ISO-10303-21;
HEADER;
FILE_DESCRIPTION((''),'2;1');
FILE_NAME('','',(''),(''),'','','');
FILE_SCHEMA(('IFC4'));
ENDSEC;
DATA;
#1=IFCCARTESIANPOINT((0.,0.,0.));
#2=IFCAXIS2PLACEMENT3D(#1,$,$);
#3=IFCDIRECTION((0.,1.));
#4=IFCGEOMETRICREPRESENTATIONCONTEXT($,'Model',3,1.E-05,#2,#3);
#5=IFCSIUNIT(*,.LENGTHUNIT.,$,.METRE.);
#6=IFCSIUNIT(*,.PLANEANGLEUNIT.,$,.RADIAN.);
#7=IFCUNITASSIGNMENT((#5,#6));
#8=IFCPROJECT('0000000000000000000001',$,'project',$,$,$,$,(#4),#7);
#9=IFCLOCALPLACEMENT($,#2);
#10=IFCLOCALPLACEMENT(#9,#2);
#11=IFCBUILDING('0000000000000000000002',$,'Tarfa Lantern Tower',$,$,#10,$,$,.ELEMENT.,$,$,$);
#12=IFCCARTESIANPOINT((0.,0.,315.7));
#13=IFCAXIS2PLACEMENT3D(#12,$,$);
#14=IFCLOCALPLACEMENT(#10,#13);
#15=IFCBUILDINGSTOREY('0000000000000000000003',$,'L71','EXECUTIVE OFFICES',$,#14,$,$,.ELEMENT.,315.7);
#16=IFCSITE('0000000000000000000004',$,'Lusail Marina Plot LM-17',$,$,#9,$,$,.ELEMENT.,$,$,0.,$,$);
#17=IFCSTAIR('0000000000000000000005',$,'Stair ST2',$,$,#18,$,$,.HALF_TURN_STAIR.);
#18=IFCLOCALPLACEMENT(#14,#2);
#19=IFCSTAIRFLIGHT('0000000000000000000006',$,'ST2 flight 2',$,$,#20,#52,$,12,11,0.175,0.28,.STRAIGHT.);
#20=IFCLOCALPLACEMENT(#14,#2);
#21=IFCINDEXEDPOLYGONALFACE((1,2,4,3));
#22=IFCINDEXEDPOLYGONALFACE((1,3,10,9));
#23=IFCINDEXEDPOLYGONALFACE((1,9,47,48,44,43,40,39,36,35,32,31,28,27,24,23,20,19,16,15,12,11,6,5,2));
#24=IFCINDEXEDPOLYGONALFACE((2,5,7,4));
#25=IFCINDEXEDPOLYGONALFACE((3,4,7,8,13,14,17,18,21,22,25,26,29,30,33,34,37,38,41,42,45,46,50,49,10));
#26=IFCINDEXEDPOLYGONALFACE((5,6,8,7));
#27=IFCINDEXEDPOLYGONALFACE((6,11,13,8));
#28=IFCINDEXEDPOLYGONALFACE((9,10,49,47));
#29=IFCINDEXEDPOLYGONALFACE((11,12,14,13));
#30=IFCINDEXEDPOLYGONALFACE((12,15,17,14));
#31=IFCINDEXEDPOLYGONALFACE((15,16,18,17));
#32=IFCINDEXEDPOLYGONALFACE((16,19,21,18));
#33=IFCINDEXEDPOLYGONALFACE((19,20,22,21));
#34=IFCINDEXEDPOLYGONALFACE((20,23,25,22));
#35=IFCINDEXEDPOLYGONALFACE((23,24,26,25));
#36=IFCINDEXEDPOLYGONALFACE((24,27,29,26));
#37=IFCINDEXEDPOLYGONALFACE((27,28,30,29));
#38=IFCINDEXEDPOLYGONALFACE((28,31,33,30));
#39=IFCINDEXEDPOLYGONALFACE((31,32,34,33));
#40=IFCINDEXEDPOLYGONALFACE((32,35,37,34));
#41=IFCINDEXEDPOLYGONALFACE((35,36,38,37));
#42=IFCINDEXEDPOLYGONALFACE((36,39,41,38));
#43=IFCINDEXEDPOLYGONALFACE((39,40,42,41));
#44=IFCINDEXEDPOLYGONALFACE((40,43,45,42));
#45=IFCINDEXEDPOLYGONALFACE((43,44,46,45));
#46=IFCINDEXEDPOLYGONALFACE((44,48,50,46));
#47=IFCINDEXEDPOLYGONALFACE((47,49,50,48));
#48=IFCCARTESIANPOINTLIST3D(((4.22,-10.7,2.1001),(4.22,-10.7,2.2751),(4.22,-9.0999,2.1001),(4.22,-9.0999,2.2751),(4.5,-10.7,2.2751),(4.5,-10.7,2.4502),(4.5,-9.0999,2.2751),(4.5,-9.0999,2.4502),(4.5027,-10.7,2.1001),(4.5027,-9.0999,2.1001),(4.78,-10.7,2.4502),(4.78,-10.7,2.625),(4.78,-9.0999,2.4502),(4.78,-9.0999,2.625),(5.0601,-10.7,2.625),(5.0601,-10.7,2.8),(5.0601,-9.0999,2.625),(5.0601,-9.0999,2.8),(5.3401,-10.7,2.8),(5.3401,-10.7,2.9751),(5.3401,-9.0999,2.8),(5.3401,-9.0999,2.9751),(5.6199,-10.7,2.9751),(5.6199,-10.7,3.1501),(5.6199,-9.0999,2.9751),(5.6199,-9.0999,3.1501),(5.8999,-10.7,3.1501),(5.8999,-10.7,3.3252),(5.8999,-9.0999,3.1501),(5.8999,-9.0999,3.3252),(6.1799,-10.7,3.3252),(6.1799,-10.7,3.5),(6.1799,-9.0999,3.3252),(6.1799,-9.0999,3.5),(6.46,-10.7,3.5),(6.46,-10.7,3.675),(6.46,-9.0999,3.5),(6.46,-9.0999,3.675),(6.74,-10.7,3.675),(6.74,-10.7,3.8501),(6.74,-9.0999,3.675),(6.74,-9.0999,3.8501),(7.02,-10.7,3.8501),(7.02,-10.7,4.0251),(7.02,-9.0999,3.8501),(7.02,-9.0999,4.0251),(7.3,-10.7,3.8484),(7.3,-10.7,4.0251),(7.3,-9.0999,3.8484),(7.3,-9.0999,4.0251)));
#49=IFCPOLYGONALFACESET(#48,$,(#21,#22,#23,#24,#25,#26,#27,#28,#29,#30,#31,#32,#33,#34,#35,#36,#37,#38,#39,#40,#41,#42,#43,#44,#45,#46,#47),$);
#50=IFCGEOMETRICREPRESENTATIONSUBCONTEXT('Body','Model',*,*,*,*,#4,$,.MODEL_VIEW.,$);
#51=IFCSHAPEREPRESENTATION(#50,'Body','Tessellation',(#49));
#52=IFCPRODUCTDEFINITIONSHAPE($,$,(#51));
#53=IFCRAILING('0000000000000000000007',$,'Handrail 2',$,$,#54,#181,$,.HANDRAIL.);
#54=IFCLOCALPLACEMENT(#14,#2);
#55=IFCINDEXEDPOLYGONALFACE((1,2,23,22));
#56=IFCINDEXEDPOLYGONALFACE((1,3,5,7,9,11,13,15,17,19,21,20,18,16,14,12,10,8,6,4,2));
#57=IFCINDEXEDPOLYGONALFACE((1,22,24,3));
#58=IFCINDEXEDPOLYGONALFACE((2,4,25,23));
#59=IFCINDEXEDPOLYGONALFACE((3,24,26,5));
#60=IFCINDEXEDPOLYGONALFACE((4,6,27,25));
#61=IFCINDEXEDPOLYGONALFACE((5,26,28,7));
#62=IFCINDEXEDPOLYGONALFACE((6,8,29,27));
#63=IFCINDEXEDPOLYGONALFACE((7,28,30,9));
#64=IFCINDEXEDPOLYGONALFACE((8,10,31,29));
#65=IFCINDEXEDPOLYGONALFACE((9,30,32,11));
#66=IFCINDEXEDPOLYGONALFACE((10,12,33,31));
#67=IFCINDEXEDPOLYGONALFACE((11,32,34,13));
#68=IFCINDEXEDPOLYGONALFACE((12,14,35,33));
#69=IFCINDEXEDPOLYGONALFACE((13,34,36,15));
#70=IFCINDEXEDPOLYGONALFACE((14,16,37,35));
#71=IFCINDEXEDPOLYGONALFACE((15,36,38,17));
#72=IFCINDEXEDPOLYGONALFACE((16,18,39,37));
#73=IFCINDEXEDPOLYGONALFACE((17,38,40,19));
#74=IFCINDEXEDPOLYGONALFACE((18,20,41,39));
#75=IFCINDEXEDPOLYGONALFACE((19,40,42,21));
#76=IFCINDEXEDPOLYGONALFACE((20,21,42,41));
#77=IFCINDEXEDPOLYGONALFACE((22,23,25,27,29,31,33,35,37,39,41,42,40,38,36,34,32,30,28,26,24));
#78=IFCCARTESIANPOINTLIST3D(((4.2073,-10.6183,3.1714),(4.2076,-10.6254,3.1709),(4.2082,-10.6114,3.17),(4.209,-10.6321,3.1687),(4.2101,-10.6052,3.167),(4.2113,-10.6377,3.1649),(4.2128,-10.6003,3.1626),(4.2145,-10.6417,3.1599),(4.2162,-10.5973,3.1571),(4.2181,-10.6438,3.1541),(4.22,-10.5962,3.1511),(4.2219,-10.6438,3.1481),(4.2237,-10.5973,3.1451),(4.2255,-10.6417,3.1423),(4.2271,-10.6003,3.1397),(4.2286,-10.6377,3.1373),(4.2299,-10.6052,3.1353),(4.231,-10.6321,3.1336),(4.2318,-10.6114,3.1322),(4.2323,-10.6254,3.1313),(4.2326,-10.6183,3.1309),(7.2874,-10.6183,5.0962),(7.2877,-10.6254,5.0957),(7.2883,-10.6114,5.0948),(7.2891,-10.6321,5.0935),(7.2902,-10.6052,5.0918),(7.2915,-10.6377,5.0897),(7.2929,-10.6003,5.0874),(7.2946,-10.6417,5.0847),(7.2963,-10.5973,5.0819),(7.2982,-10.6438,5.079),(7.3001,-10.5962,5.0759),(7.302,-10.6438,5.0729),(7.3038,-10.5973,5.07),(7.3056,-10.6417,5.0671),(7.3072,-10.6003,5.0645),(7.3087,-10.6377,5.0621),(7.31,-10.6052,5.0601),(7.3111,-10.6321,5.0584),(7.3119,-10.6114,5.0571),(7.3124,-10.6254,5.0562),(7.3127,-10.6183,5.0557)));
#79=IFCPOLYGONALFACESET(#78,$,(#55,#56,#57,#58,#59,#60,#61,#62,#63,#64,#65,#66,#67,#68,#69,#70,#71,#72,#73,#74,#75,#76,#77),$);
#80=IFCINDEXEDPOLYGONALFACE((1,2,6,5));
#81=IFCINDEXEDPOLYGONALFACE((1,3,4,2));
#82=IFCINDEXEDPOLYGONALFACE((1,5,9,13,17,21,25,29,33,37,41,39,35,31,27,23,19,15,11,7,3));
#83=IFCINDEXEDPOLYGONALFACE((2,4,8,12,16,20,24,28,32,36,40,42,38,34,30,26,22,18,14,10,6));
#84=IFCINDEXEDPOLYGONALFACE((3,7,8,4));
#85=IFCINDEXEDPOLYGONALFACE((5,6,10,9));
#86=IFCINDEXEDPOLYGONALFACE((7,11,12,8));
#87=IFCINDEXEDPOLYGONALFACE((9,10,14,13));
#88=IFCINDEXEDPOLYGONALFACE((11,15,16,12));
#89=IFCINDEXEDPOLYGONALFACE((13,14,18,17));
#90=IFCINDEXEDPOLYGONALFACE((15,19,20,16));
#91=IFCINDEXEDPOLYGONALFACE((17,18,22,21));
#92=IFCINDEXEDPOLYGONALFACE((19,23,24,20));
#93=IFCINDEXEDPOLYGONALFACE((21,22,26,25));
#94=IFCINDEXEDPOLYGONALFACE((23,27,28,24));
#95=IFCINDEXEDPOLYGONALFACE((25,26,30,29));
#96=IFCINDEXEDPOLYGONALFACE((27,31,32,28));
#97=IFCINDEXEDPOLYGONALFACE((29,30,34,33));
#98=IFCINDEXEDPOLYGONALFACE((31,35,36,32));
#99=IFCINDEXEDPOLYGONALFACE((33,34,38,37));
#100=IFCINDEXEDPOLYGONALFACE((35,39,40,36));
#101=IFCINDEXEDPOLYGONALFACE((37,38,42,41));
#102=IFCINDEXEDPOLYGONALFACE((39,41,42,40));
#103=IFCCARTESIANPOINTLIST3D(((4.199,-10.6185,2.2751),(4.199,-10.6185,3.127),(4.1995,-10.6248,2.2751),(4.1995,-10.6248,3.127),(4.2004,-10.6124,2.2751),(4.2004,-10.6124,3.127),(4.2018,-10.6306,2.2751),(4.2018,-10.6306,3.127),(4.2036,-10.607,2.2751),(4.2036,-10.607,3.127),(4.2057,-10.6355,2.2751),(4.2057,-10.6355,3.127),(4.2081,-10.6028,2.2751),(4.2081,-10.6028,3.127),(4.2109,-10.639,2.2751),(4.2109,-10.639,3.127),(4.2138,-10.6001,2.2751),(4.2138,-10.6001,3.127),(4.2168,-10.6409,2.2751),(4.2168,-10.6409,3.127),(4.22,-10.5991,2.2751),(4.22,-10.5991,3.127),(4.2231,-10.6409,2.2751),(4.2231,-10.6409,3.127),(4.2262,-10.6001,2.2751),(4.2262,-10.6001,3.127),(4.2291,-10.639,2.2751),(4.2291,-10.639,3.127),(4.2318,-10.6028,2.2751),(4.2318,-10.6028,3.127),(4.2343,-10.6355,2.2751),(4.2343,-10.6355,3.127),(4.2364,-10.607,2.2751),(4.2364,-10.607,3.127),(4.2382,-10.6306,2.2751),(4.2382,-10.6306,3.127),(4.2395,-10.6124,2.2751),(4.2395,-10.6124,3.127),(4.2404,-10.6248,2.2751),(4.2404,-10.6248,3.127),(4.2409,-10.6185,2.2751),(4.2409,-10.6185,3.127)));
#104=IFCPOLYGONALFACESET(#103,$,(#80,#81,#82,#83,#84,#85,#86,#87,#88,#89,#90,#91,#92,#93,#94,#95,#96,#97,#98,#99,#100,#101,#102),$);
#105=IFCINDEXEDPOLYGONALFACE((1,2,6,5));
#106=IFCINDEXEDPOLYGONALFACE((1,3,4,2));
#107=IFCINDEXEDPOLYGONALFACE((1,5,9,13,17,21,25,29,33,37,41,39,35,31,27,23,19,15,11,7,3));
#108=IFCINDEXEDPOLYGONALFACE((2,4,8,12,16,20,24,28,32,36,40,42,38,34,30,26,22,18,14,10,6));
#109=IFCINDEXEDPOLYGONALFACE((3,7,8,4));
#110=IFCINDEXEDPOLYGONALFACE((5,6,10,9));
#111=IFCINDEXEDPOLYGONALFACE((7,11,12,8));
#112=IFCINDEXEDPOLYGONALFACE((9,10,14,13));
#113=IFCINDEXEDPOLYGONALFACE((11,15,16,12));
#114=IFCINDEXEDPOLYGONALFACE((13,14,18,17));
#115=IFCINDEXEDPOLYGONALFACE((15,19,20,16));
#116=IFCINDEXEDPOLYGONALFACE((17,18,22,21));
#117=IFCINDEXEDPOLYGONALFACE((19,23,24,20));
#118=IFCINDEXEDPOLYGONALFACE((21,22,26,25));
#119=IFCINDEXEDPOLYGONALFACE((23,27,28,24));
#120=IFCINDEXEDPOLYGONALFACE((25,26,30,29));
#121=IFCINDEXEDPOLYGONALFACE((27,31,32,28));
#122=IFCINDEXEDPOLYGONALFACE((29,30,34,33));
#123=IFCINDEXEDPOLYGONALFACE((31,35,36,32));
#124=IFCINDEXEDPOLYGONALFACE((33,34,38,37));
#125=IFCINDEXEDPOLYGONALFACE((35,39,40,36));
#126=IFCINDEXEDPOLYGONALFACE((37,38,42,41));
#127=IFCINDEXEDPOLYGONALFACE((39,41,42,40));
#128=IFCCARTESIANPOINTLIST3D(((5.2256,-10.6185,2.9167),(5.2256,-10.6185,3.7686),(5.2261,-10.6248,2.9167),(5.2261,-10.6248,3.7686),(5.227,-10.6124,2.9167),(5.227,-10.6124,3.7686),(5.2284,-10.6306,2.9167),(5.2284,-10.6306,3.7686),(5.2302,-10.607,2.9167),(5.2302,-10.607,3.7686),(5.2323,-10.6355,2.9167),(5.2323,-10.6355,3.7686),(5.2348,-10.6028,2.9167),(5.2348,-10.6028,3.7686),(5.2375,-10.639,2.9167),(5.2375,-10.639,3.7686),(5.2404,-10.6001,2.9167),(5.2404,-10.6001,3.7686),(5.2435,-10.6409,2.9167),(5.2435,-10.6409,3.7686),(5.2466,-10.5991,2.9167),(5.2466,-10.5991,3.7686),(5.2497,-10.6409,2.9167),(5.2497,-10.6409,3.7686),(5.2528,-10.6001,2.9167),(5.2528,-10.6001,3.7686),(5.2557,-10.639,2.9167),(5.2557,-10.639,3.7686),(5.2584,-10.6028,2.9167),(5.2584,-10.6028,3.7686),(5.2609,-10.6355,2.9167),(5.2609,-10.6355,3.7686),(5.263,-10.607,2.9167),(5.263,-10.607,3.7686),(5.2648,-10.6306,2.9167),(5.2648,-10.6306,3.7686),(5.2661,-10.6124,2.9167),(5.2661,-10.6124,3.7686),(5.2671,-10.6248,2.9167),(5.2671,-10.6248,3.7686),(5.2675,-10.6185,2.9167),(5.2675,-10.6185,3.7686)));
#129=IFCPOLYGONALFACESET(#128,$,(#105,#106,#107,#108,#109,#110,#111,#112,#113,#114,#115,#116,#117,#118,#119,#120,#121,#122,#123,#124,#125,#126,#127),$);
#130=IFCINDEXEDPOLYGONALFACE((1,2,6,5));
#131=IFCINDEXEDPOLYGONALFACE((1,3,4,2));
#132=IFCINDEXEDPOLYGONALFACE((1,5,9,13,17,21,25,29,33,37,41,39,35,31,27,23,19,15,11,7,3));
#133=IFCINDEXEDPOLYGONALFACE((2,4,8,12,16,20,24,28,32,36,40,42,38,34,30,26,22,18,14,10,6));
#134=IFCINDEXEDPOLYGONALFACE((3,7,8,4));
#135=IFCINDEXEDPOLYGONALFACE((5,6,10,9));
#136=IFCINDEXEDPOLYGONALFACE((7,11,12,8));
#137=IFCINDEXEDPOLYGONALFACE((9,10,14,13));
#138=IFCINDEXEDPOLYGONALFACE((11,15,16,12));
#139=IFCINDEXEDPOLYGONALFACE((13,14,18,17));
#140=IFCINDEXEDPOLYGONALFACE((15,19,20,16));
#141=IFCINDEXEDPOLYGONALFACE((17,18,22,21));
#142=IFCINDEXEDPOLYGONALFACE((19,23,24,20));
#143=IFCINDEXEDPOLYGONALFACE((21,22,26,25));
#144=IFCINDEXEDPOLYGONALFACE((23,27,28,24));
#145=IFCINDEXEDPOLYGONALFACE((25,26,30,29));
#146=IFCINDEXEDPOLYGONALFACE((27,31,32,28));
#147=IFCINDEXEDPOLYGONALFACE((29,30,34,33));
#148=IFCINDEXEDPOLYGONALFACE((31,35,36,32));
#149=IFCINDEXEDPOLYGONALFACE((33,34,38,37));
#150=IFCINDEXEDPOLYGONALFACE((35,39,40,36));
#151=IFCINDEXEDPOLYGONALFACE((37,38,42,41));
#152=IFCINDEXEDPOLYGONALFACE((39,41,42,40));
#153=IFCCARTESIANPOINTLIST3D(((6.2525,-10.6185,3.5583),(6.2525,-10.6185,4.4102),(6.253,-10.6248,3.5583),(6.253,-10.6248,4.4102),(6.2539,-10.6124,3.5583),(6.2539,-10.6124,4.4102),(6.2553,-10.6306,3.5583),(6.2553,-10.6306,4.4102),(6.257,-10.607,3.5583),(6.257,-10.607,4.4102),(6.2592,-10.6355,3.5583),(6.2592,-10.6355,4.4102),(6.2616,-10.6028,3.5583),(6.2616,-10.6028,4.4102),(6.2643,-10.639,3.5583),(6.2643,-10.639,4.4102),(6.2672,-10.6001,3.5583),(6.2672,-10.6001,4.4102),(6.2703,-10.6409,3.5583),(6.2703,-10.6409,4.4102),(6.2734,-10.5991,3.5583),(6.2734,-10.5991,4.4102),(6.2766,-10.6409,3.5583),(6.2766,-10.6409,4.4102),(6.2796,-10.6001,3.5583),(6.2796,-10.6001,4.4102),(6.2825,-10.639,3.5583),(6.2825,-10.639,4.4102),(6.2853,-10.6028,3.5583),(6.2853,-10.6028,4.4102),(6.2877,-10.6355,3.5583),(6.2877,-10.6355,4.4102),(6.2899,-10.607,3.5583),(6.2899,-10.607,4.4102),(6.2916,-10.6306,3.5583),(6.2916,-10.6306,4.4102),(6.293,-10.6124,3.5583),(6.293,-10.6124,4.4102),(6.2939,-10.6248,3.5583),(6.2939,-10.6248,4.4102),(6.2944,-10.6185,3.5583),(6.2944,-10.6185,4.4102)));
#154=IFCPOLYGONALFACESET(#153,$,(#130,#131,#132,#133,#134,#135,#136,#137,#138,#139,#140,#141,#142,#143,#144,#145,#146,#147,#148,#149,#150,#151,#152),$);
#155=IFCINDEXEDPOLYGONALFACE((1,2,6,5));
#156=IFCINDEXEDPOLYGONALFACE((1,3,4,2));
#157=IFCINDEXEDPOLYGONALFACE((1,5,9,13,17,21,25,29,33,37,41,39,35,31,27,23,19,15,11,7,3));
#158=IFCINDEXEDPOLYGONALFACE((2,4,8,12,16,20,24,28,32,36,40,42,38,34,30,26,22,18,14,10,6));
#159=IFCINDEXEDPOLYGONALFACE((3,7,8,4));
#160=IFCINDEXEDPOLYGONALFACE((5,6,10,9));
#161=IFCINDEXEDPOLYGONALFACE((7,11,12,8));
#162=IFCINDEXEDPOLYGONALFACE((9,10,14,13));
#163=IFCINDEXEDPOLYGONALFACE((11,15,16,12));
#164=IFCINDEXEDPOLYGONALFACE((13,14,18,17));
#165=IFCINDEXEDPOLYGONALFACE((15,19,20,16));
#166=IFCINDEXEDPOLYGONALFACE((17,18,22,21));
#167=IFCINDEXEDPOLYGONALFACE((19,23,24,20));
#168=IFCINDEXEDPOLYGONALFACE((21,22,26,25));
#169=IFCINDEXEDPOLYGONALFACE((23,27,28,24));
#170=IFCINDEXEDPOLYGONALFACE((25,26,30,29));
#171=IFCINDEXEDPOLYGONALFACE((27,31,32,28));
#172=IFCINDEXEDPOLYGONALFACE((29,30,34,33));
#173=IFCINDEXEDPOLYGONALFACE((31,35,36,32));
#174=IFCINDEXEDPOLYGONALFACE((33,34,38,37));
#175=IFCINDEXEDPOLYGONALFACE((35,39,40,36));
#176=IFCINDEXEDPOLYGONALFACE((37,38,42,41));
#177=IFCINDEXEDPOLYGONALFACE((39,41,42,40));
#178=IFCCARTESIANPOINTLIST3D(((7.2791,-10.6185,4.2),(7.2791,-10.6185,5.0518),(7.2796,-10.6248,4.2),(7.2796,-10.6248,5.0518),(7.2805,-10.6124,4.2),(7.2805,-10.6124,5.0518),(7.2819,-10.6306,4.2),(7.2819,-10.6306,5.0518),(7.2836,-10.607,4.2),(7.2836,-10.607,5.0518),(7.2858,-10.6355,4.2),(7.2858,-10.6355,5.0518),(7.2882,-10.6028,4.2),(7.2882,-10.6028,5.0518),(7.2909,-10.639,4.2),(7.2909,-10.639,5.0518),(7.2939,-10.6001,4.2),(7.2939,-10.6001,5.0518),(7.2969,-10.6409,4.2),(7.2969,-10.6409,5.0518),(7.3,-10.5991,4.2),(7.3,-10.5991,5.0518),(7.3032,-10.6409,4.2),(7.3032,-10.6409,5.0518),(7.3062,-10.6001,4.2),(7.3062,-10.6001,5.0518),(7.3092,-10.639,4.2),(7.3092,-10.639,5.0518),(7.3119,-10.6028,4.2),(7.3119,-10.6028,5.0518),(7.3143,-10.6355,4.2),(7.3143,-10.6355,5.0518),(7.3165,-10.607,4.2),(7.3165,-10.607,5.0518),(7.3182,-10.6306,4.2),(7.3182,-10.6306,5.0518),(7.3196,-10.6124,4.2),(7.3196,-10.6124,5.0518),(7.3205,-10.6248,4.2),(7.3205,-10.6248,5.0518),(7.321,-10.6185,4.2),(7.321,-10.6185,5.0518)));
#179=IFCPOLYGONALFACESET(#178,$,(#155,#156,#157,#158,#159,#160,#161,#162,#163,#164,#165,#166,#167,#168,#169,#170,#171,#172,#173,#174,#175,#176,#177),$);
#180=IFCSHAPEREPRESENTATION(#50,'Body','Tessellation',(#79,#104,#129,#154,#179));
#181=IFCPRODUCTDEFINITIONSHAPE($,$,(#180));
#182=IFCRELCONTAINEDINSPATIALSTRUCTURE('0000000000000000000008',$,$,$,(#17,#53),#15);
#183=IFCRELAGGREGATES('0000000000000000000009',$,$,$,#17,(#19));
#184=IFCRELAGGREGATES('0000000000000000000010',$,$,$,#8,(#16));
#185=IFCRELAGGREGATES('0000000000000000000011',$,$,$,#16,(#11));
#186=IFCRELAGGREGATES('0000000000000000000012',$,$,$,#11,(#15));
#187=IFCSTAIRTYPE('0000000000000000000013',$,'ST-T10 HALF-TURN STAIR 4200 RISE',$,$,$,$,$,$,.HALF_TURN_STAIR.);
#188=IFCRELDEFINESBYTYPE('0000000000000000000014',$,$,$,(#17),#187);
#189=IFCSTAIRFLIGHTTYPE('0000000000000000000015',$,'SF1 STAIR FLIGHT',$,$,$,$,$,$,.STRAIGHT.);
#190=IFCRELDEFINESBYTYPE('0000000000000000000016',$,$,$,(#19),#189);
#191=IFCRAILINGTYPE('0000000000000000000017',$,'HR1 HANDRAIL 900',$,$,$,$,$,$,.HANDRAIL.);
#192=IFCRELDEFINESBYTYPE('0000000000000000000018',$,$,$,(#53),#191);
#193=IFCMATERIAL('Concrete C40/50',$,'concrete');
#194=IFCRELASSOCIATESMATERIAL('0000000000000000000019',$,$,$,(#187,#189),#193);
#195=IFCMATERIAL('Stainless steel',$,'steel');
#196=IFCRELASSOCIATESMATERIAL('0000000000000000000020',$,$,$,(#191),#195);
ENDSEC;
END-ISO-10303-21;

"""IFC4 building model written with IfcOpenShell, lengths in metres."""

from ifc_helpers import new_model, si_unit, direction, frame, origin, origin_2d, place, context, subcontext, project, spatial, polyline, circle, outline, extrude, material, type_object, element, aggregate, save


model = new_model("IFC4")

# Units and contexts
model_context = context("Model", 3, precision=1e-05, world=origin(), true_north=direction((0.0, 1.0)))
body_context = subcontext(model_context, "Body", "Model", "MODEL_VIEW")
ifc_project = project(units=[si_unit("LENGTHUNIT", "METRE"), si_unit("PLANEANGLEUNIT", "RADIAN")], contexts=[model_context])

# Site, building, storey
site_placement = place(None, origin())
site = spatial("IfcSite", under=ifc_project, at=site_placement, Name="Lusail Marina Plot LM-17", CompositionType="ELEMENT", RefElevation=0.0)
building_placement = place(site_placement, origin())
building = spatial("IfcBuilding", under=site, at=building_placement, Name="Tarfa Lantern Tower", CompositionType="ELEMENT")
storey_placement = place(building_placement, frame((0.0, 0.0, 315.7)))
storey = spatial("IfcBuildingStorey", under=building, at=storey_placement, Name="L71", Description="EXECUTIVE OFFICES", CompositionType="ELEMENT", Elevation=315.7)

# Stair, stair flight
ifc_material_1 = material(Name="Concrete C40/50", Category="concrete")
stair_type = type_object("IfcStairType", Name="ST-T10 HALF-TURN STAIR 4200 RISE", PredefinedType="HALF_TURN_STAIR", material=ifc_material_1)
stair_placement = place(storey_placement, origin())
stair = element("IfcStair", 1, at=stair_placement, inside=storey, type_object=stair_type, Name="Stair ST2", PredefinedType="HALF_TURN_STAIR")
stair_flight_type = type_object("IfcStairFlightType", Name="SF1 STAIR FLIGHT", PredefinedType="STRAIGHT", material=ifc_material_1)
stair_flight_placement = place(storey_placement, frame((4.22, -9.8999, 2.1001), z_axis=(0.0, 0.0, 1.0), x_axis=(1.0, 0.0, 0.0)))
stair_flight = element("IfcStairFlight", 2, at=stair_flight_placement, type_object=stair_flight_type, Name="ST2 flight 2", NumberOfRisers=12, NumberOfTreads=11, PredefinedType="STRAIGHT", RiserHeight=0.175, TreadLength=0.28, context=body_context, shape_type="SweptSolid", body=[
    extrude(outline(polyline([(0.0, 0.0), (0.0, 0.175), (0.28, 0.175), (0.28, 0.3501), (0.5601, 0.3501), (0.5601, 0.5249), (0.8401, 0.5249), (0.8401, 0.7), (1.1201, 0.7), (1.1201, 0.875), (1.3999, 0.875), (1.3999, 1.05), (1.6799, 1.05), (1.6799, 1.2251), (1.96, 1.2251), (1.96, 1.3999), (2.24, 1.3999), (2.24, 1.575), (2.52, 1.575), (2.52, 1.75), (2.8, 1.75), (2.8, 1.925), (3.0801, 1.925), (3.0801, 2.1001), (3.0801, 1.7483), (0.2827, 0.0), (0.0, 0.0)])), frame((0.0, 0.8, 0.0), z_axis=(0.0, -1.0, 0.0), x_axis=(1.0, 0.0, 0.0)), (0.0, 0.0, 1.0), 1.6001),
])
aggregate(stair, [stair_flight])

# Railing
ifc_material_2 = material(Name="Stainless steel", Category="steel")
railing_type = type_object("IfcRailingType", Name="HR1 HANDRAIL 900", PredefinedType="HANDRAIL", material=ifc_material_2)
railing_placement = place(storey_placement, frame((4.22, -10.6201, 2.2751)))
element("IfcRailing", 3, at=railing_placement, inside=storey, type_object=railing_type, Name="Handrail 2", PredefinedType="HANDRAIL", context=body_context, shape_type="SweptSolid", body=[
    extrude(circle(Radius=0.0239, at=origin_2d()), frame((0.0, 0.0, 0.876), z_axis=(0.848029, 0.0, 0.529951), x_axis=(0.0, 1.0, 0.0)), (0.0, 0.0, 1.0), 3.6321),
    extrude(circle(Radius=0.021, at=origin_2d()), frame((0.0, 0.0, 0.0), z_axis=(0.0, 0.0, 1.0), x_axis=(0.0, 1.0, 0.0)), (0.0, 0.0, 1.0), 0.8518),
    extrude(circle(Radius=0.021, at=origin_2d()), frame((1.0266, 0.0, 0.6416), z_axis=(0.0, 0.0, 1.0), x_axis=(0.0, 1.0, 0.0)), (0.0, 0.0, 1.0), 0.8518),
    extrude(circle(Radius=0.021, at=origin_2d()), frame((2.0535, 0.0, 1.2832), z_axis=(0.0, 0.0, 1.0), x_axis=(0.0, 1.0, 0.0)), (0.0, 0.0, 1.0), 0.8518),
    extrude(circle(Radius=0.021, at=origin_2d()), frame((3.0801, 0.0, 1.9248), z_axis=(0.0, 0.0, 1.0), x_axis=(0.0, 1.0, 0.0)), (0.0, 0.0, 1.0), 0.8518),
])

save(model, "model.ifc")
